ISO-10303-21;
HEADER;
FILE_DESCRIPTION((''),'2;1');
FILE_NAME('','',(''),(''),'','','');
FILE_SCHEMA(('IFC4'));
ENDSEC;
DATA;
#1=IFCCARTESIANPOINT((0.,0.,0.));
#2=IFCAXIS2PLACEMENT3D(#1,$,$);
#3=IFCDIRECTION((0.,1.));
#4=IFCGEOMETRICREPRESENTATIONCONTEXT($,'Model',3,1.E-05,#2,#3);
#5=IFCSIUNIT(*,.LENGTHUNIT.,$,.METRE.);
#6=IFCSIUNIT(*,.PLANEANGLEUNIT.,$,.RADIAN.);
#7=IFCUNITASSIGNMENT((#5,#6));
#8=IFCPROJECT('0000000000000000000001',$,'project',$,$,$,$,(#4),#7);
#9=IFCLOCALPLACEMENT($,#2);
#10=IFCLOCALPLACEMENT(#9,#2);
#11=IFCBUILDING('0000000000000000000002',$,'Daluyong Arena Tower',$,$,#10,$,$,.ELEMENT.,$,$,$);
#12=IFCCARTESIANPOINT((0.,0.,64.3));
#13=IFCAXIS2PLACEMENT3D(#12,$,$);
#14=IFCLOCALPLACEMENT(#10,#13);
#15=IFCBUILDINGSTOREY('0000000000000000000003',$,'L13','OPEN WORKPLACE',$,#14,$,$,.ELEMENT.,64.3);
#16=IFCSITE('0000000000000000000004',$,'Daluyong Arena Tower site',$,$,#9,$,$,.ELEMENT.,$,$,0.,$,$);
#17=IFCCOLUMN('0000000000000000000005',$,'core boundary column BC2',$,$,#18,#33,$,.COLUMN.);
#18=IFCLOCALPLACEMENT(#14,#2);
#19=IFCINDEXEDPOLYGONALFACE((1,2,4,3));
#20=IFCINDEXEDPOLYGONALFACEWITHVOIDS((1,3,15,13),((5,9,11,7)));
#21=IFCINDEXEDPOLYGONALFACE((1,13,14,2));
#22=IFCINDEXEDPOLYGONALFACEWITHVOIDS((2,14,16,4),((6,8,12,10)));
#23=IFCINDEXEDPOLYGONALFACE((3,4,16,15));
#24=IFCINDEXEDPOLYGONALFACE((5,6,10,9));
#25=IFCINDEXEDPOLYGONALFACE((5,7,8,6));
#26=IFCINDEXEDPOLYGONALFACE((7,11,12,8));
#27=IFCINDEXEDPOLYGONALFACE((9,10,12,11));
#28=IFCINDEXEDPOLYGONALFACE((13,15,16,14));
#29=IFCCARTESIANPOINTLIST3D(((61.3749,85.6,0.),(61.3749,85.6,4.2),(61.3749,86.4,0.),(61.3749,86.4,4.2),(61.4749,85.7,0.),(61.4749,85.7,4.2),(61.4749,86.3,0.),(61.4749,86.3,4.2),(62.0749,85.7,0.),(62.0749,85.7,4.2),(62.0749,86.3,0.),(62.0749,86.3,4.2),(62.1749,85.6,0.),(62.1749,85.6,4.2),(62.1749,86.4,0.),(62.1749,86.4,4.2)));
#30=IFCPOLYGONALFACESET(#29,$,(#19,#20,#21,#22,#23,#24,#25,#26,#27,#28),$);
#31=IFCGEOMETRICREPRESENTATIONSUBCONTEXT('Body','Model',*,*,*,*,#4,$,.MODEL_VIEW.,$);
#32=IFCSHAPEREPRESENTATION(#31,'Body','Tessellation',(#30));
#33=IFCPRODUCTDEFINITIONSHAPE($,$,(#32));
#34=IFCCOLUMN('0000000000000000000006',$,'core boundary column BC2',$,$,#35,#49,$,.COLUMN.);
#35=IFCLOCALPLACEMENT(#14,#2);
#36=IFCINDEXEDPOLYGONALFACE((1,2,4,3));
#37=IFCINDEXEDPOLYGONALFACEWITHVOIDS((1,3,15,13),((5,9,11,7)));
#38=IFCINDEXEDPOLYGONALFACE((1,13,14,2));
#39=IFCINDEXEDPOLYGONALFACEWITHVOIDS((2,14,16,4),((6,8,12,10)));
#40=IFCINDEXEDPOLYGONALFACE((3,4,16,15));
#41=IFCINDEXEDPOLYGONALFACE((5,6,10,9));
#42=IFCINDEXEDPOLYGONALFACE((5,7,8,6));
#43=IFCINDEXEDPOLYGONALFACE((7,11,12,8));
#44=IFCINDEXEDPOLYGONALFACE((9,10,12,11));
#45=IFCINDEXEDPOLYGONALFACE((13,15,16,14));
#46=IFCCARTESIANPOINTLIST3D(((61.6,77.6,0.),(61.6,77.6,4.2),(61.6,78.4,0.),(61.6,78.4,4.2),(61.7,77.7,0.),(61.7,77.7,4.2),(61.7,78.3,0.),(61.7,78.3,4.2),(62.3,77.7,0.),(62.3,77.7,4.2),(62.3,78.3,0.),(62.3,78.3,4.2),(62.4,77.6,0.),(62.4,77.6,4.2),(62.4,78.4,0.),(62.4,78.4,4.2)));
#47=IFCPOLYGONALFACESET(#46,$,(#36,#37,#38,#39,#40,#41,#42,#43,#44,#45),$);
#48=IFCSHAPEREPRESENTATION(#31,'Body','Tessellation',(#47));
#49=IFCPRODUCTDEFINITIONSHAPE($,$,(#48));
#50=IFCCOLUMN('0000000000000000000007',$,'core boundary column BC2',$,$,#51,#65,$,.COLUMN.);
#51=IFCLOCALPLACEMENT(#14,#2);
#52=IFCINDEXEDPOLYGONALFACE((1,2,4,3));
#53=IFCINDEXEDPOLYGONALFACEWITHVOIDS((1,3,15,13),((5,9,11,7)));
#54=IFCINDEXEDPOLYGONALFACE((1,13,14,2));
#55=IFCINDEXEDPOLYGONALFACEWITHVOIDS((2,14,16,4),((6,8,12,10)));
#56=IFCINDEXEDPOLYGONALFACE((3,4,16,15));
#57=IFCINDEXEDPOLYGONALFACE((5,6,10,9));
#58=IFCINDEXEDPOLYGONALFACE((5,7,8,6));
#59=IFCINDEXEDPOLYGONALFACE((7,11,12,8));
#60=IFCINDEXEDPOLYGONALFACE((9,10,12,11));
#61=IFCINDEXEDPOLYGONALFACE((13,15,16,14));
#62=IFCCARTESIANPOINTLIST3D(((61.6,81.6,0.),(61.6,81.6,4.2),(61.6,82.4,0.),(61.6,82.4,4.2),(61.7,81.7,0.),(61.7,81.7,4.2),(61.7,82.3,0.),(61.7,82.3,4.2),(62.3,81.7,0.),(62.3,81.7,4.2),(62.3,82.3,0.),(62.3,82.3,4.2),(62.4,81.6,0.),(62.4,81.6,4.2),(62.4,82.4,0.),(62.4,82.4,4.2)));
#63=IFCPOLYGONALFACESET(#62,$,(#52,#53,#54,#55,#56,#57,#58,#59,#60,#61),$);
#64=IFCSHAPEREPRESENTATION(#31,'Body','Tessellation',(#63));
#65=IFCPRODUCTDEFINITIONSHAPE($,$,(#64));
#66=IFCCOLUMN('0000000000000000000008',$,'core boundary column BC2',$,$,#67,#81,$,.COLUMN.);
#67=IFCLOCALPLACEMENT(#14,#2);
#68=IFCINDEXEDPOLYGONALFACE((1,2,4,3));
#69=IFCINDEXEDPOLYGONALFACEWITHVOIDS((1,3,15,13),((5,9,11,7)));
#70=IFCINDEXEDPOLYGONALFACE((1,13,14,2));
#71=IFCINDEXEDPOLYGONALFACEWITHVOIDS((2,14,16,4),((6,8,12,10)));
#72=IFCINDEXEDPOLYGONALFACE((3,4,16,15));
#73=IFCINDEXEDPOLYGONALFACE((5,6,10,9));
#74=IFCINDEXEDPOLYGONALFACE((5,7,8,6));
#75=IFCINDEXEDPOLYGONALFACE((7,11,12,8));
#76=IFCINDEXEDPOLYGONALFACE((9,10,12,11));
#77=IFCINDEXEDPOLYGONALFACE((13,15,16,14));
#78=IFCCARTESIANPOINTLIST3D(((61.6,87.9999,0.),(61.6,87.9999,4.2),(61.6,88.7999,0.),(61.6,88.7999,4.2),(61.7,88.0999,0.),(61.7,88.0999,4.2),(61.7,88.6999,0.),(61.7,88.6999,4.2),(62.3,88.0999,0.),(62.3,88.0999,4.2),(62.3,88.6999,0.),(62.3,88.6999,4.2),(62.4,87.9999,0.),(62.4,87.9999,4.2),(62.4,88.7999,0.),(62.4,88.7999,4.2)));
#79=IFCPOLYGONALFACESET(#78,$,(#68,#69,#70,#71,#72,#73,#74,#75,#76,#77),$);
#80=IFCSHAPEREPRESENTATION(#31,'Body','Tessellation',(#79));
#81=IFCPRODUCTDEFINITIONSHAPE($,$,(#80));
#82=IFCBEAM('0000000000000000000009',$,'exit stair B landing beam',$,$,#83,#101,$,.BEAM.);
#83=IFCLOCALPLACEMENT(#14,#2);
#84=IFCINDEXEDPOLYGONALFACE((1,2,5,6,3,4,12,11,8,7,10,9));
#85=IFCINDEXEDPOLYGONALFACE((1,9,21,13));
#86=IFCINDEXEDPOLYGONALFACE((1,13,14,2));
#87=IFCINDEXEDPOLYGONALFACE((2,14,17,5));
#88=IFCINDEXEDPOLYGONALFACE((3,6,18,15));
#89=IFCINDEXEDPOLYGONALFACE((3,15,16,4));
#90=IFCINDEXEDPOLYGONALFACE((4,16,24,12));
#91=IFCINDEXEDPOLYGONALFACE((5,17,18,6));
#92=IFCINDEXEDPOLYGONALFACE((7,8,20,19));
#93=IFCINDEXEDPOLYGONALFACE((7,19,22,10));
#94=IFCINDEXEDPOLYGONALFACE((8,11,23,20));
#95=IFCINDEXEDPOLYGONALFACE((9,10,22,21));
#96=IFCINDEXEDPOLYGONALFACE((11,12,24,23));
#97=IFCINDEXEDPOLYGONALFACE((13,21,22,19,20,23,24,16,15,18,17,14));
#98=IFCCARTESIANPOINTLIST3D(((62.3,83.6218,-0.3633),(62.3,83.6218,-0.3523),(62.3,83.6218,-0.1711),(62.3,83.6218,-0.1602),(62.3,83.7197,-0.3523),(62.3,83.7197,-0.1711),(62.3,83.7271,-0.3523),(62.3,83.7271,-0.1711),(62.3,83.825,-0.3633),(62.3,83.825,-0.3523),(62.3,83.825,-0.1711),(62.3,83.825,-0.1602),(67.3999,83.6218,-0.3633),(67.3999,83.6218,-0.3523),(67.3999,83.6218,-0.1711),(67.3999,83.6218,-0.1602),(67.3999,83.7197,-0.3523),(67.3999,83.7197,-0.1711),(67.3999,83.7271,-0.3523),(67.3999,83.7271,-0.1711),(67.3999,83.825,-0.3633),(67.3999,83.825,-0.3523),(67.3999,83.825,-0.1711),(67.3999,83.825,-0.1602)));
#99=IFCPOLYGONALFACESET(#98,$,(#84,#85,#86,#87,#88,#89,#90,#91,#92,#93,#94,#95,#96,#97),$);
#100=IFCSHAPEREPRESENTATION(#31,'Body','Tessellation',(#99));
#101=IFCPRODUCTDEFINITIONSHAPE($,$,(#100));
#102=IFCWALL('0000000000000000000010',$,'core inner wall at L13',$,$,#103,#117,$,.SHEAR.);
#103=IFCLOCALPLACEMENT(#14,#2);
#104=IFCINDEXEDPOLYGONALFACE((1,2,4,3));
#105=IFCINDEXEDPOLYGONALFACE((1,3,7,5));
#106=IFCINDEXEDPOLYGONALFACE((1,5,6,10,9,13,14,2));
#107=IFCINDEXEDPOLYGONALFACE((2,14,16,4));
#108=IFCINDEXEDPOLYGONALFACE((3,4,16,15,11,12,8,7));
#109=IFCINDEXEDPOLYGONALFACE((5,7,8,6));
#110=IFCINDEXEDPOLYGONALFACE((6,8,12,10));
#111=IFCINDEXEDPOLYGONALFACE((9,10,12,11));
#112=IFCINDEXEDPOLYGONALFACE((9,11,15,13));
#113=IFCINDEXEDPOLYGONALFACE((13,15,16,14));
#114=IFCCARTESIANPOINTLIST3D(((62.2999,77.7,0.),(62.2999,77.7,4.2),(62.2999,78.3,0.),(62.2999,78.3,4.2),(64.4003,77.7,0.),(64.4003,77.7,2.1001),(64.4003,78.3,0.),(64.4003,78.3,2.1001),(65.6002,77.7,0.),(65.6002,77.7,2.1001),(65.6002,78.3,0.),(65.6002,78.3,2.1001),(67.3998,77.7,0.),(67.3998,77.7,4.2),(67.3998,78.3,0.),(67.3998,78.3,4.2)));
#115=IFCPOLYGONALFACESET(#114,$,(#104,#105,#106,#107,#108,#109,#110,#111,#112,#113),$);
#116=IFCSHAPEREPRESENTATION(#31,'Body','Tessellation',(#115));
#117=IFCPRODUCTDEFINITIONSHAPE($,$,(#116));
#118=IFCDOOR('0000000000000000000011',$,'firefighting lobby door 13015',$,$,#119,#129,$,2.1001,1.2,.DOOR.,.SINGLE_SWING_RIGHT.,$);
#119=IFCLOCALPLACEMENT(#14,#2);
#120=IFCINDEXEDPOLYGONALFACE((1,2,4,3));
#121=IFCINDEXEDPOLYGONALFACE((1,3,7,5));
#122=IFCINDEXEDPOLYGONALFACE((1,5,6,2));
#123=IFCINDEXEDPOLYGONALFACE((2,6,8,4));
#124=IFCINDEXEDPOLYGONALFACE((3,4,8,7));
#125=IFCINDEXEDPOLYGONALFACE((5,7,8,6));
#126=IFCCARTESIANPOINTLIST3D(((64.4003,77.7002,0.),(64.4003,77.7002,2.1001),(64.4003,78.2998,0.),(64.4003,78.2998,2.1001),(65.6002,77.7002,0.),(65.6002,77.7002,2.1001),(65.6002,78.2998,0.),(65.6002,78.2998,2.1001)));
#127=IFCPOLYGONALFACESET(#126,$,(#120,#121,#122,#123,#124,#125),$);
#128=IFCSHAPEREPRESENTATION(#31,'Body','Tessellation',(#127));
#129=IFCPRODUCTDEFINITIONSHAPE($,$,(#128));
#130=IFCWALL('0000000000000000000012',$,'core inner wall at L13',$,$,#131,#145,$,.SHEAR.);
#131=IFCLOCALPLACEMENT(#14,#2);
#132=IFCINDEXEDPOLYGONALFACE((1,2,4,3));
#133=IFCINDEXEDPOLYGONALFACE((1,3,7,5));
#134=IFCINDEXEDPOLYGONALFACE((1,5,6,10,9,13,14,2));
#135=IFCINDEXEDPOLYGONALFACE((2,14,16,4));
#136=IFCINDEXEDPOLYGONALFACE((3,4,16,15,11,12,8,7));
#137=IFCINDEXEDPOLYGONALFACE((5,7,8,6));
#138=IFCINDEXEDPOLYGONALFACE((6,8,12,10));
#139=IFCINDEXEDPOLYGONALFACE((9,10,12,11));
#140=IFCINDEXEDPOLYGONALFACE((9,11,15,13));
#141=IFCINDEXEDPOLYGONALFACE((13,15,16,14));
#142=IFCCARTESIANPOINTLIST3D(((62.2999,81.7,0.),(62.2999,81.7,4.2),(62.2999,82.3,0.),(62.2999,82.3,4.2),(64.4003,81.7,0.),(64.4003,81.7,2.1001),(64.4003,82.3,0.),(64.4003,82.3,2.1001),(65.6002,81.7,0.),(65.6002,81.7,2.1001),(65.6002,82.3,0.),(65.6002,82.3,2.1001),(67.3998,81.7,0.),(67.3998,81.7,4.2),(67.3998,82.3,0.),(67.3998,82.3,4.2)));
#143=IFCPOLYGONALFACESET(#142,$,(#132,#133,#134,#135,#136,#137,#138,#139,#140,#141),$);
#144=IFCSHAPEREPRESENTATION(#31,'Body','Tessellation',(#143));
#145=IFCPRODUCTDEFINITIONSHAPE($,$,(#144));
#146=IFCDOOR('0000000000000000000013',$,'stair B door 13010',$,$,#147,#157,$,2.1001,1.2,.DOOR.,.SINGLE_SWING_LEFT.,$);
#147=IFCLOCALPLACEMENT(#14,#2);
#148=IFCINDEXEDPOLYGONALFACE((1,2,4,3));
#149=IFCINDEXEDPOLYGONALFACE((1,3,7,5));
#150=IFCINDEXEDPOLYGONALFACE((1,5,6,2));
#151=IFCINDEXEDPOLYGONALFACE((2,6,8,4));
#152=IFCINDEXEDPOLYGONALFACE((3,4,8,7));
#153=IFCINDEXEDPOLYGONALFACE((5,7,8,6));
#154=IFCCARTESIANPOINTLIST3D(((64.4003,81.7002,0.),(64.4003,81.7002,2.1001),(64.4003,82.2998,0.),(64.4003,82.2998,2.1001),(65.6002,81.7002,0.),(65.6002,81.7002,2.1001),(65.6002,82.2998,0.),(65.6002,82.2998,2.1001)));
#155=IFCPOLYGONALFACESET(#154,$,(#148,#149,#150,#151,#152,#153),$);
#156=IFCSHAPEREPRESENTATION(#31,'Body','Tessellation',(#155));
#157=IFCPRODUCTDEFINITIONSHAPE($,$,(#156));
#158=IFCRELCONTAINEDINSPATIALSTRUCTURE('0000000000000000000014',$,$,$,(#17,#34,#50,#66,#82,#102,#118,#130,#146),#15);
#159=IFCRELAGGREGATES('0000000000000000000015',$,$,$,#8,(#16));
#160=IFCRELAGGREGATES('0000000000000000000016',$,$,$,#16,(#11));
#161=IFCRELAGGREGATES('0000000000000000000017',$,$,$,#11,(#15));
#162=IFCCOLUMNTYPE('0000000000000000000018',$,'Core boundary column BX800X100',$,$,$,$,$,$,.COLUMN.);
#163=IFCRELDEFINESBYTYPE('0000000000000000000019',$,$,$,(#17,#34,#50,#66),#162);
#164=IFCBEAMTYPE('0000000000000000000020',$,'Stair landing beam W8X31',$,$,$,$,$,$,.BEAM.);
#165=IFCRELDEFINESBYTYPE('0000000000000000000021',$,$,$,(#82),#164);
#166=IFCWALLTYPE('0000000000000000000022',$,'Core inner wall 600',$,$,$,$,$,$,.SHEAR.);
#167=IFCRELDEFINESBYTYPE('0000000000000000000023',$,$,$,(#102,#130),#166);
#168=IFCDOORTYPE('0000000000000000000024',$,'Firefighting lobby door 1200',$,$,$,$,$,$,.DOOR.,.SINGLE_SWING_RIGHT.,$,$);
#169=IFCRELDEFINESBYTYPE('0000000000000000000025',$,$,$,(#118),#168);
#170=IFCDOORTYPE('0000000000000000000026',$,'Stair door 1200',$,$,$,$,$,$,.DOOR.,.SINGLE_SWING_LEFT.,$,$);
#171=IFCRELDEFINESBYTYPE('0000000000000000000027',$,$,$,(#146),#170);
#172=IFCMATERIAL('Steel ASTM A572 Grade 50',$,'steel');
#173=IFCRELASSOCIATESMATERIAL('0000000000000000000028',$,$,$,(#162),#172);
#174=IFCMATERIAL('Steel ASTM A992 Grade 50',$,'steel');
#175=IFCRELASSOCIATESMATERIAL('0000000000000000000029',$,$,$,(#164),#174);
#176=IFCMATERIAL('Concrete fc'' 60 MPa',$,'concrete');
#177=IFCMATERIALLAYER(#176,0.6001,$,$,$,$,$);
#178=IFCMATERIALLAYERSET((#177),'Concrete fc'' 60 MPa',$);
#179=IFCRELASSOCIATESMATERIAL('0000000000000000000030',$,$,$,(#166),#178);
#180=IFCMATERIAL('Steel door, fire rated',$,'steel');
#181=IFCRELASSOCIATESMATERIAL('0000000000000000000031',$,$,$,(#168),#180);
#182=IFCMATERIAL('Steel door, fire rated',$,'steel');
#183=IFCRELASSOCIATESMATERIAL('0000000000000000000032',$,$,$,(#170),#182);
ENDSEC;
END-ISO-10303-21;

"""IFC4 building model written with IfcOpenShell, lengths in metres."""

from ifc_helpers import new_model, si_unit, direction, frame, frame_2d, origin, origin_2d, place, context, subcontext, project, spatial, rectangle, hollow_rectangle, i_section, extrude, material, layer, layer_set, material_profile, profile_set, type_object, element, fill, save


model = new_model("IFC4")

# Units and contexts
model_context = context("Model", 3, precision=1e-05, world=origin(), true_north=direction((0.0, 1.0)))
body_context = subcontext(model_context, "Body", "Model", "MODEL_VIEW")
ifc_project = project(units=[si_unit("LENGTHUNIT", "METRE"), si_unit("PLANEANGLEUNIT", "RADIAN")], contexts=[model_context])

# Site, building, storey
site_placement = place(None, origin())
site = spatial("IfcSite", under=ifc_project, at=site_placement, Name="Daluyong Arena Tower site", CompositionType="ELEMENT", RefElevation=0.0)
building_placement = place(site_placement, origin())
building = spatial("IfcBuilding", under=site, at=building_placement, Name="Daluyong Arena Tower", CompositionType="ELEMENT")
storey_placement = place(building_placement, frame((0.0, 0.0, 64.3)))
storey = spatial("IfcBuildingStorey", under=building, at=storey_placement, Name="L13", Description="OPEN WORKPLACE", CompositionType="ELEMENT", Elevation=64.3)

# Columns
ifc_material_1 = material(Name="Steel ASTM A572 Grade 50", Category="steel")
ifc_material_profile_1 = material_profile(ifc_material_1, hollow_rectangle(XDim=0.8, YDim=0.8, WallThickness=0.1, at=origin_2d()))
ifc_profile_set_1 = profile_set([ifc_material_profile_1], Name="Steel ASTM A572 Grade 50")
column_type = type_object("IfcColumnType", Name="Core boundary column BX800X100", PredefinedType="COLUMN", material=ifc_profile_set_1)
for number, where, z_axis, x_axis, name in (
    (1, (61.7749, 86.0, 0.0), (0.0, 0.0, 1.0), (1.0, 0.0, 0.0), "core boundary column BC2"),
    (2, (62.0, 78.0, 0.0), (0.0, 0.0, 1.0), (1.0, 0.0, 0.0), "core boundary column BC2"),
    (3, (62.0, 82.0, 0.0), (0.0, 0.0, 1.0), (1.0, 0.0, 0.0), "core boundary column BC2"),
    (4, (62.0, 88.3999, 0.0), (0.0, 0.0, 1.0), (1.0, 0.0, 0.0), "core boundary column BC2"),
):
    element("IfcColumn", number, at=place(storey_placement, frame(where, z_axis=z_axis, x_axis=x_axis)), inside=storey, type_object=column_type, Name=name, PredefinedType="COLUMN", context=body_context, shape_type="SweptSolid", body=[
        extrude(hollow_rectangle(XDim=0.8, YDim=0.8, WallThickness=0.1, at=origin_2d()), origin(), (0.0, 0.0, 1.0), 4.2),
    ])

# Beam
ifc_material_2 = material(Name="Steel ASTM A992 Grade 50", Category="steel")
ifc_material_profile_2 = material_profile(ifc_material_2, i_section(OverallWidth=0.2031, OverallDepth=0.2031, WebThickness=0.0073, FlangeThickness=0.011, at=origin_2d()))
ifc_profile_set_2 = profile_set([ifc_material_profile_2], Name="Steel ASTM A992 Grade 50")
beam_type = type_object("IfcBeamType", Name="Stair landing beam W8X31", PredefinedType="BEAM", material=ifc_profile_set_2)
beam_placement = place(storey_placement, frame((62.3, 83.7234, -0.2617), z_axis=(1.0, 0.0, 0.0), x_axis=(0.0, 1.0, 0.0)))
element("IfcBeam", 5, at=beam_placement, inside=storey, type_object=beam_type, Name="exit stair B landing beam", PredefinedType="BEAM", context=body_context, shape_type="SweptSolid", body=[
    extrude(i_section(OverallWidth=0.2031, OverallDepth=0.2031, WebThickness=0.0073, FlangeThickness=0.011, at=origin_2d()), origin(), (0.0, 0.0, 1.0), 5.0999),
])

# Walls, openings, doors
ifc_material_3 = material(Name="Concrete fc' 60 MPa", Category="concrete")
ifc_layer_1 = layer(ifc_material_3, 0.6001)
ifc_layer_set_1 = layer_set([ifc_layer_1], Name="Concrete fc' 60 MPa")
wall_type_1 = type_object("IfcWallType", Name="Core inner wall 600", PredefinedType="SHEAR", material=ifc_layer_set_1)
wall_1_placement = place(storey_placement, frame((62.3, 78.0, 0.0), z_axis=(0.0, 0.0, 1.0), x_axis=(1.0, 0.0, 0.0)))
wall_1 = element("IfcWall", 6, at=wall_1_placement, inside=storey, type_object=wall_type_1, Name="core inner wall at L13", PredefinedType="SHEAR", context=body_context, shape_type="SweptSolid", body=[
    extrude(rectangle(XDim=5.0999, YDim=0.6001, at=frame_2d((2.5498, 0.0))), origin(), (0.0, 0.0, 1.0), 4.2),
])
opening_1_placement = place(wall_1_placement, frame((2.1001, 0.0, 0.0)))
opening_1 = element("IfcOpeningElement", 7, at=opening_1_placement, cuts=wall_1, PredefinedType="OPENING", context=body_context, shape_type="SweptSolid", body=[
    extrude(rectangle(XDim=1.2, YDim=2.1001, at=frame_2d((0.6001, 1.05))), frame((0.0, 0.3101, 0.0), z_axis=(0.0, -1.0, 0.0), x_axis=(1.0, 0.0, 0.0)), (0.0, 0.0, 1.0), 0.6201),
])
ifc_material_4 = material(Name="Steel door, fire rated", Category="steel")
door_type_1 = type_object("IfcDoorType", Name="Firefighting lobby door 1200", OperationType="SINGLE_SWING_RIGHT", PredefinedType="DOOR", material=ifc_material_4)
door_1_placement = place(opening_1_placement, origin())
door_1 = element("IfcDoor", 8, at=door_1_placement, inside=storey, type_object=door_type_1, Name="firefighting lobby door 13015", OperationType="SINGLE_SWING_RIGHT", OverallHeight=2.1001, OverallWidth=1.2, PredefinedType="DOOR", context=body_context, shape_type="SweptSolid", body=[
    extrude(rectangle(XDim=1.2, YDim=2.1001, at=frame_2d((0.6001, 1.05))), frame((0.0, 0.2998, 0.0), z_axis=(0.0, -1.0, 0.0), x_axis=(1.0, 0.0, 0.0)), (0.0, 0.0, 1.0), 0.5996),
])
fill(opening_1, door_1)
wall_2_placement = place(storey_placement, frame((62.3, 82.0, 0.0), z_axis=(0.0, 0.0, 1.0), x_axis=(1.0, 0.0, 0.0)))
wall_2 = element("IfcWall", 9, at=wall_2_placement, inside=storey, type_object=wall_type_1, Name="core inner wall at L13", PredefinedType="SHEAR", context=body_context, shape_type="SweptSolid", body=[
    extrude(rectangle(XDim=5.0999, YDim=0.6001, at=frame_2d((2.5498, 0.0))), origin(), (0.0, 0.0, 1.0), 4.2),
])
opening_2_placement = place(wall_2_placement, frame((2.1001, 0.0, 0.0)))
opening_2 = element("IfcOpeningElement", 10, at=opening_2_placement, cuts=wall_2, PredefinedType="OPENING", context=body_context, shape_type="SweptSolid", body=[
    extrude(rectangle(XDim=1.2, YDim=2.1001, at=frame_2d((0.6001, 1.05))), frame((0.0, 0.3101, 0.0), z_axis=(0.0, -1.0, 0.0), x_axis=(1.0, 0.0, 0.0)), (0.0, 0.0, 1.0), 0.6201),
])
ifc_material_5 = material(Name="Steel door, fire rated", Category="steel")
door_type_2 = type_object("IfcDoorType", Name="Stair door 1200", OperationType="SINGLE_SWING_LEFT", PredefinedType="DOOR", material=ifc_material_5)
door_2_placement = place(opening_2_placement, origin())
door_2 = element("IfcDoor", 11, at=door_2_placement, inside=storey, type_object=door_type_2, Name="stair B door 13010", OperationType="SINGLE_SWING_LEFT", OverallHeight=2.1001, OverallWidth=1.2, PredefinedType="DOOR", context=body_context, shape_type="SweptSolid", body=[
    extrude(rectangle(XDim=1.2, YDim=2.1001, at=frame_2d((0.6001, 1.05))), frame((0.0, 0.2998, 0.0), z_axis=(0.0, -1.0, 0.0), x_axis=(1.0, 0.0, 0.0)), (0.0, 0.0, 1.0), 0.5996),
])
fill(opening_2, door_2)

save(model, "model.ifc")
